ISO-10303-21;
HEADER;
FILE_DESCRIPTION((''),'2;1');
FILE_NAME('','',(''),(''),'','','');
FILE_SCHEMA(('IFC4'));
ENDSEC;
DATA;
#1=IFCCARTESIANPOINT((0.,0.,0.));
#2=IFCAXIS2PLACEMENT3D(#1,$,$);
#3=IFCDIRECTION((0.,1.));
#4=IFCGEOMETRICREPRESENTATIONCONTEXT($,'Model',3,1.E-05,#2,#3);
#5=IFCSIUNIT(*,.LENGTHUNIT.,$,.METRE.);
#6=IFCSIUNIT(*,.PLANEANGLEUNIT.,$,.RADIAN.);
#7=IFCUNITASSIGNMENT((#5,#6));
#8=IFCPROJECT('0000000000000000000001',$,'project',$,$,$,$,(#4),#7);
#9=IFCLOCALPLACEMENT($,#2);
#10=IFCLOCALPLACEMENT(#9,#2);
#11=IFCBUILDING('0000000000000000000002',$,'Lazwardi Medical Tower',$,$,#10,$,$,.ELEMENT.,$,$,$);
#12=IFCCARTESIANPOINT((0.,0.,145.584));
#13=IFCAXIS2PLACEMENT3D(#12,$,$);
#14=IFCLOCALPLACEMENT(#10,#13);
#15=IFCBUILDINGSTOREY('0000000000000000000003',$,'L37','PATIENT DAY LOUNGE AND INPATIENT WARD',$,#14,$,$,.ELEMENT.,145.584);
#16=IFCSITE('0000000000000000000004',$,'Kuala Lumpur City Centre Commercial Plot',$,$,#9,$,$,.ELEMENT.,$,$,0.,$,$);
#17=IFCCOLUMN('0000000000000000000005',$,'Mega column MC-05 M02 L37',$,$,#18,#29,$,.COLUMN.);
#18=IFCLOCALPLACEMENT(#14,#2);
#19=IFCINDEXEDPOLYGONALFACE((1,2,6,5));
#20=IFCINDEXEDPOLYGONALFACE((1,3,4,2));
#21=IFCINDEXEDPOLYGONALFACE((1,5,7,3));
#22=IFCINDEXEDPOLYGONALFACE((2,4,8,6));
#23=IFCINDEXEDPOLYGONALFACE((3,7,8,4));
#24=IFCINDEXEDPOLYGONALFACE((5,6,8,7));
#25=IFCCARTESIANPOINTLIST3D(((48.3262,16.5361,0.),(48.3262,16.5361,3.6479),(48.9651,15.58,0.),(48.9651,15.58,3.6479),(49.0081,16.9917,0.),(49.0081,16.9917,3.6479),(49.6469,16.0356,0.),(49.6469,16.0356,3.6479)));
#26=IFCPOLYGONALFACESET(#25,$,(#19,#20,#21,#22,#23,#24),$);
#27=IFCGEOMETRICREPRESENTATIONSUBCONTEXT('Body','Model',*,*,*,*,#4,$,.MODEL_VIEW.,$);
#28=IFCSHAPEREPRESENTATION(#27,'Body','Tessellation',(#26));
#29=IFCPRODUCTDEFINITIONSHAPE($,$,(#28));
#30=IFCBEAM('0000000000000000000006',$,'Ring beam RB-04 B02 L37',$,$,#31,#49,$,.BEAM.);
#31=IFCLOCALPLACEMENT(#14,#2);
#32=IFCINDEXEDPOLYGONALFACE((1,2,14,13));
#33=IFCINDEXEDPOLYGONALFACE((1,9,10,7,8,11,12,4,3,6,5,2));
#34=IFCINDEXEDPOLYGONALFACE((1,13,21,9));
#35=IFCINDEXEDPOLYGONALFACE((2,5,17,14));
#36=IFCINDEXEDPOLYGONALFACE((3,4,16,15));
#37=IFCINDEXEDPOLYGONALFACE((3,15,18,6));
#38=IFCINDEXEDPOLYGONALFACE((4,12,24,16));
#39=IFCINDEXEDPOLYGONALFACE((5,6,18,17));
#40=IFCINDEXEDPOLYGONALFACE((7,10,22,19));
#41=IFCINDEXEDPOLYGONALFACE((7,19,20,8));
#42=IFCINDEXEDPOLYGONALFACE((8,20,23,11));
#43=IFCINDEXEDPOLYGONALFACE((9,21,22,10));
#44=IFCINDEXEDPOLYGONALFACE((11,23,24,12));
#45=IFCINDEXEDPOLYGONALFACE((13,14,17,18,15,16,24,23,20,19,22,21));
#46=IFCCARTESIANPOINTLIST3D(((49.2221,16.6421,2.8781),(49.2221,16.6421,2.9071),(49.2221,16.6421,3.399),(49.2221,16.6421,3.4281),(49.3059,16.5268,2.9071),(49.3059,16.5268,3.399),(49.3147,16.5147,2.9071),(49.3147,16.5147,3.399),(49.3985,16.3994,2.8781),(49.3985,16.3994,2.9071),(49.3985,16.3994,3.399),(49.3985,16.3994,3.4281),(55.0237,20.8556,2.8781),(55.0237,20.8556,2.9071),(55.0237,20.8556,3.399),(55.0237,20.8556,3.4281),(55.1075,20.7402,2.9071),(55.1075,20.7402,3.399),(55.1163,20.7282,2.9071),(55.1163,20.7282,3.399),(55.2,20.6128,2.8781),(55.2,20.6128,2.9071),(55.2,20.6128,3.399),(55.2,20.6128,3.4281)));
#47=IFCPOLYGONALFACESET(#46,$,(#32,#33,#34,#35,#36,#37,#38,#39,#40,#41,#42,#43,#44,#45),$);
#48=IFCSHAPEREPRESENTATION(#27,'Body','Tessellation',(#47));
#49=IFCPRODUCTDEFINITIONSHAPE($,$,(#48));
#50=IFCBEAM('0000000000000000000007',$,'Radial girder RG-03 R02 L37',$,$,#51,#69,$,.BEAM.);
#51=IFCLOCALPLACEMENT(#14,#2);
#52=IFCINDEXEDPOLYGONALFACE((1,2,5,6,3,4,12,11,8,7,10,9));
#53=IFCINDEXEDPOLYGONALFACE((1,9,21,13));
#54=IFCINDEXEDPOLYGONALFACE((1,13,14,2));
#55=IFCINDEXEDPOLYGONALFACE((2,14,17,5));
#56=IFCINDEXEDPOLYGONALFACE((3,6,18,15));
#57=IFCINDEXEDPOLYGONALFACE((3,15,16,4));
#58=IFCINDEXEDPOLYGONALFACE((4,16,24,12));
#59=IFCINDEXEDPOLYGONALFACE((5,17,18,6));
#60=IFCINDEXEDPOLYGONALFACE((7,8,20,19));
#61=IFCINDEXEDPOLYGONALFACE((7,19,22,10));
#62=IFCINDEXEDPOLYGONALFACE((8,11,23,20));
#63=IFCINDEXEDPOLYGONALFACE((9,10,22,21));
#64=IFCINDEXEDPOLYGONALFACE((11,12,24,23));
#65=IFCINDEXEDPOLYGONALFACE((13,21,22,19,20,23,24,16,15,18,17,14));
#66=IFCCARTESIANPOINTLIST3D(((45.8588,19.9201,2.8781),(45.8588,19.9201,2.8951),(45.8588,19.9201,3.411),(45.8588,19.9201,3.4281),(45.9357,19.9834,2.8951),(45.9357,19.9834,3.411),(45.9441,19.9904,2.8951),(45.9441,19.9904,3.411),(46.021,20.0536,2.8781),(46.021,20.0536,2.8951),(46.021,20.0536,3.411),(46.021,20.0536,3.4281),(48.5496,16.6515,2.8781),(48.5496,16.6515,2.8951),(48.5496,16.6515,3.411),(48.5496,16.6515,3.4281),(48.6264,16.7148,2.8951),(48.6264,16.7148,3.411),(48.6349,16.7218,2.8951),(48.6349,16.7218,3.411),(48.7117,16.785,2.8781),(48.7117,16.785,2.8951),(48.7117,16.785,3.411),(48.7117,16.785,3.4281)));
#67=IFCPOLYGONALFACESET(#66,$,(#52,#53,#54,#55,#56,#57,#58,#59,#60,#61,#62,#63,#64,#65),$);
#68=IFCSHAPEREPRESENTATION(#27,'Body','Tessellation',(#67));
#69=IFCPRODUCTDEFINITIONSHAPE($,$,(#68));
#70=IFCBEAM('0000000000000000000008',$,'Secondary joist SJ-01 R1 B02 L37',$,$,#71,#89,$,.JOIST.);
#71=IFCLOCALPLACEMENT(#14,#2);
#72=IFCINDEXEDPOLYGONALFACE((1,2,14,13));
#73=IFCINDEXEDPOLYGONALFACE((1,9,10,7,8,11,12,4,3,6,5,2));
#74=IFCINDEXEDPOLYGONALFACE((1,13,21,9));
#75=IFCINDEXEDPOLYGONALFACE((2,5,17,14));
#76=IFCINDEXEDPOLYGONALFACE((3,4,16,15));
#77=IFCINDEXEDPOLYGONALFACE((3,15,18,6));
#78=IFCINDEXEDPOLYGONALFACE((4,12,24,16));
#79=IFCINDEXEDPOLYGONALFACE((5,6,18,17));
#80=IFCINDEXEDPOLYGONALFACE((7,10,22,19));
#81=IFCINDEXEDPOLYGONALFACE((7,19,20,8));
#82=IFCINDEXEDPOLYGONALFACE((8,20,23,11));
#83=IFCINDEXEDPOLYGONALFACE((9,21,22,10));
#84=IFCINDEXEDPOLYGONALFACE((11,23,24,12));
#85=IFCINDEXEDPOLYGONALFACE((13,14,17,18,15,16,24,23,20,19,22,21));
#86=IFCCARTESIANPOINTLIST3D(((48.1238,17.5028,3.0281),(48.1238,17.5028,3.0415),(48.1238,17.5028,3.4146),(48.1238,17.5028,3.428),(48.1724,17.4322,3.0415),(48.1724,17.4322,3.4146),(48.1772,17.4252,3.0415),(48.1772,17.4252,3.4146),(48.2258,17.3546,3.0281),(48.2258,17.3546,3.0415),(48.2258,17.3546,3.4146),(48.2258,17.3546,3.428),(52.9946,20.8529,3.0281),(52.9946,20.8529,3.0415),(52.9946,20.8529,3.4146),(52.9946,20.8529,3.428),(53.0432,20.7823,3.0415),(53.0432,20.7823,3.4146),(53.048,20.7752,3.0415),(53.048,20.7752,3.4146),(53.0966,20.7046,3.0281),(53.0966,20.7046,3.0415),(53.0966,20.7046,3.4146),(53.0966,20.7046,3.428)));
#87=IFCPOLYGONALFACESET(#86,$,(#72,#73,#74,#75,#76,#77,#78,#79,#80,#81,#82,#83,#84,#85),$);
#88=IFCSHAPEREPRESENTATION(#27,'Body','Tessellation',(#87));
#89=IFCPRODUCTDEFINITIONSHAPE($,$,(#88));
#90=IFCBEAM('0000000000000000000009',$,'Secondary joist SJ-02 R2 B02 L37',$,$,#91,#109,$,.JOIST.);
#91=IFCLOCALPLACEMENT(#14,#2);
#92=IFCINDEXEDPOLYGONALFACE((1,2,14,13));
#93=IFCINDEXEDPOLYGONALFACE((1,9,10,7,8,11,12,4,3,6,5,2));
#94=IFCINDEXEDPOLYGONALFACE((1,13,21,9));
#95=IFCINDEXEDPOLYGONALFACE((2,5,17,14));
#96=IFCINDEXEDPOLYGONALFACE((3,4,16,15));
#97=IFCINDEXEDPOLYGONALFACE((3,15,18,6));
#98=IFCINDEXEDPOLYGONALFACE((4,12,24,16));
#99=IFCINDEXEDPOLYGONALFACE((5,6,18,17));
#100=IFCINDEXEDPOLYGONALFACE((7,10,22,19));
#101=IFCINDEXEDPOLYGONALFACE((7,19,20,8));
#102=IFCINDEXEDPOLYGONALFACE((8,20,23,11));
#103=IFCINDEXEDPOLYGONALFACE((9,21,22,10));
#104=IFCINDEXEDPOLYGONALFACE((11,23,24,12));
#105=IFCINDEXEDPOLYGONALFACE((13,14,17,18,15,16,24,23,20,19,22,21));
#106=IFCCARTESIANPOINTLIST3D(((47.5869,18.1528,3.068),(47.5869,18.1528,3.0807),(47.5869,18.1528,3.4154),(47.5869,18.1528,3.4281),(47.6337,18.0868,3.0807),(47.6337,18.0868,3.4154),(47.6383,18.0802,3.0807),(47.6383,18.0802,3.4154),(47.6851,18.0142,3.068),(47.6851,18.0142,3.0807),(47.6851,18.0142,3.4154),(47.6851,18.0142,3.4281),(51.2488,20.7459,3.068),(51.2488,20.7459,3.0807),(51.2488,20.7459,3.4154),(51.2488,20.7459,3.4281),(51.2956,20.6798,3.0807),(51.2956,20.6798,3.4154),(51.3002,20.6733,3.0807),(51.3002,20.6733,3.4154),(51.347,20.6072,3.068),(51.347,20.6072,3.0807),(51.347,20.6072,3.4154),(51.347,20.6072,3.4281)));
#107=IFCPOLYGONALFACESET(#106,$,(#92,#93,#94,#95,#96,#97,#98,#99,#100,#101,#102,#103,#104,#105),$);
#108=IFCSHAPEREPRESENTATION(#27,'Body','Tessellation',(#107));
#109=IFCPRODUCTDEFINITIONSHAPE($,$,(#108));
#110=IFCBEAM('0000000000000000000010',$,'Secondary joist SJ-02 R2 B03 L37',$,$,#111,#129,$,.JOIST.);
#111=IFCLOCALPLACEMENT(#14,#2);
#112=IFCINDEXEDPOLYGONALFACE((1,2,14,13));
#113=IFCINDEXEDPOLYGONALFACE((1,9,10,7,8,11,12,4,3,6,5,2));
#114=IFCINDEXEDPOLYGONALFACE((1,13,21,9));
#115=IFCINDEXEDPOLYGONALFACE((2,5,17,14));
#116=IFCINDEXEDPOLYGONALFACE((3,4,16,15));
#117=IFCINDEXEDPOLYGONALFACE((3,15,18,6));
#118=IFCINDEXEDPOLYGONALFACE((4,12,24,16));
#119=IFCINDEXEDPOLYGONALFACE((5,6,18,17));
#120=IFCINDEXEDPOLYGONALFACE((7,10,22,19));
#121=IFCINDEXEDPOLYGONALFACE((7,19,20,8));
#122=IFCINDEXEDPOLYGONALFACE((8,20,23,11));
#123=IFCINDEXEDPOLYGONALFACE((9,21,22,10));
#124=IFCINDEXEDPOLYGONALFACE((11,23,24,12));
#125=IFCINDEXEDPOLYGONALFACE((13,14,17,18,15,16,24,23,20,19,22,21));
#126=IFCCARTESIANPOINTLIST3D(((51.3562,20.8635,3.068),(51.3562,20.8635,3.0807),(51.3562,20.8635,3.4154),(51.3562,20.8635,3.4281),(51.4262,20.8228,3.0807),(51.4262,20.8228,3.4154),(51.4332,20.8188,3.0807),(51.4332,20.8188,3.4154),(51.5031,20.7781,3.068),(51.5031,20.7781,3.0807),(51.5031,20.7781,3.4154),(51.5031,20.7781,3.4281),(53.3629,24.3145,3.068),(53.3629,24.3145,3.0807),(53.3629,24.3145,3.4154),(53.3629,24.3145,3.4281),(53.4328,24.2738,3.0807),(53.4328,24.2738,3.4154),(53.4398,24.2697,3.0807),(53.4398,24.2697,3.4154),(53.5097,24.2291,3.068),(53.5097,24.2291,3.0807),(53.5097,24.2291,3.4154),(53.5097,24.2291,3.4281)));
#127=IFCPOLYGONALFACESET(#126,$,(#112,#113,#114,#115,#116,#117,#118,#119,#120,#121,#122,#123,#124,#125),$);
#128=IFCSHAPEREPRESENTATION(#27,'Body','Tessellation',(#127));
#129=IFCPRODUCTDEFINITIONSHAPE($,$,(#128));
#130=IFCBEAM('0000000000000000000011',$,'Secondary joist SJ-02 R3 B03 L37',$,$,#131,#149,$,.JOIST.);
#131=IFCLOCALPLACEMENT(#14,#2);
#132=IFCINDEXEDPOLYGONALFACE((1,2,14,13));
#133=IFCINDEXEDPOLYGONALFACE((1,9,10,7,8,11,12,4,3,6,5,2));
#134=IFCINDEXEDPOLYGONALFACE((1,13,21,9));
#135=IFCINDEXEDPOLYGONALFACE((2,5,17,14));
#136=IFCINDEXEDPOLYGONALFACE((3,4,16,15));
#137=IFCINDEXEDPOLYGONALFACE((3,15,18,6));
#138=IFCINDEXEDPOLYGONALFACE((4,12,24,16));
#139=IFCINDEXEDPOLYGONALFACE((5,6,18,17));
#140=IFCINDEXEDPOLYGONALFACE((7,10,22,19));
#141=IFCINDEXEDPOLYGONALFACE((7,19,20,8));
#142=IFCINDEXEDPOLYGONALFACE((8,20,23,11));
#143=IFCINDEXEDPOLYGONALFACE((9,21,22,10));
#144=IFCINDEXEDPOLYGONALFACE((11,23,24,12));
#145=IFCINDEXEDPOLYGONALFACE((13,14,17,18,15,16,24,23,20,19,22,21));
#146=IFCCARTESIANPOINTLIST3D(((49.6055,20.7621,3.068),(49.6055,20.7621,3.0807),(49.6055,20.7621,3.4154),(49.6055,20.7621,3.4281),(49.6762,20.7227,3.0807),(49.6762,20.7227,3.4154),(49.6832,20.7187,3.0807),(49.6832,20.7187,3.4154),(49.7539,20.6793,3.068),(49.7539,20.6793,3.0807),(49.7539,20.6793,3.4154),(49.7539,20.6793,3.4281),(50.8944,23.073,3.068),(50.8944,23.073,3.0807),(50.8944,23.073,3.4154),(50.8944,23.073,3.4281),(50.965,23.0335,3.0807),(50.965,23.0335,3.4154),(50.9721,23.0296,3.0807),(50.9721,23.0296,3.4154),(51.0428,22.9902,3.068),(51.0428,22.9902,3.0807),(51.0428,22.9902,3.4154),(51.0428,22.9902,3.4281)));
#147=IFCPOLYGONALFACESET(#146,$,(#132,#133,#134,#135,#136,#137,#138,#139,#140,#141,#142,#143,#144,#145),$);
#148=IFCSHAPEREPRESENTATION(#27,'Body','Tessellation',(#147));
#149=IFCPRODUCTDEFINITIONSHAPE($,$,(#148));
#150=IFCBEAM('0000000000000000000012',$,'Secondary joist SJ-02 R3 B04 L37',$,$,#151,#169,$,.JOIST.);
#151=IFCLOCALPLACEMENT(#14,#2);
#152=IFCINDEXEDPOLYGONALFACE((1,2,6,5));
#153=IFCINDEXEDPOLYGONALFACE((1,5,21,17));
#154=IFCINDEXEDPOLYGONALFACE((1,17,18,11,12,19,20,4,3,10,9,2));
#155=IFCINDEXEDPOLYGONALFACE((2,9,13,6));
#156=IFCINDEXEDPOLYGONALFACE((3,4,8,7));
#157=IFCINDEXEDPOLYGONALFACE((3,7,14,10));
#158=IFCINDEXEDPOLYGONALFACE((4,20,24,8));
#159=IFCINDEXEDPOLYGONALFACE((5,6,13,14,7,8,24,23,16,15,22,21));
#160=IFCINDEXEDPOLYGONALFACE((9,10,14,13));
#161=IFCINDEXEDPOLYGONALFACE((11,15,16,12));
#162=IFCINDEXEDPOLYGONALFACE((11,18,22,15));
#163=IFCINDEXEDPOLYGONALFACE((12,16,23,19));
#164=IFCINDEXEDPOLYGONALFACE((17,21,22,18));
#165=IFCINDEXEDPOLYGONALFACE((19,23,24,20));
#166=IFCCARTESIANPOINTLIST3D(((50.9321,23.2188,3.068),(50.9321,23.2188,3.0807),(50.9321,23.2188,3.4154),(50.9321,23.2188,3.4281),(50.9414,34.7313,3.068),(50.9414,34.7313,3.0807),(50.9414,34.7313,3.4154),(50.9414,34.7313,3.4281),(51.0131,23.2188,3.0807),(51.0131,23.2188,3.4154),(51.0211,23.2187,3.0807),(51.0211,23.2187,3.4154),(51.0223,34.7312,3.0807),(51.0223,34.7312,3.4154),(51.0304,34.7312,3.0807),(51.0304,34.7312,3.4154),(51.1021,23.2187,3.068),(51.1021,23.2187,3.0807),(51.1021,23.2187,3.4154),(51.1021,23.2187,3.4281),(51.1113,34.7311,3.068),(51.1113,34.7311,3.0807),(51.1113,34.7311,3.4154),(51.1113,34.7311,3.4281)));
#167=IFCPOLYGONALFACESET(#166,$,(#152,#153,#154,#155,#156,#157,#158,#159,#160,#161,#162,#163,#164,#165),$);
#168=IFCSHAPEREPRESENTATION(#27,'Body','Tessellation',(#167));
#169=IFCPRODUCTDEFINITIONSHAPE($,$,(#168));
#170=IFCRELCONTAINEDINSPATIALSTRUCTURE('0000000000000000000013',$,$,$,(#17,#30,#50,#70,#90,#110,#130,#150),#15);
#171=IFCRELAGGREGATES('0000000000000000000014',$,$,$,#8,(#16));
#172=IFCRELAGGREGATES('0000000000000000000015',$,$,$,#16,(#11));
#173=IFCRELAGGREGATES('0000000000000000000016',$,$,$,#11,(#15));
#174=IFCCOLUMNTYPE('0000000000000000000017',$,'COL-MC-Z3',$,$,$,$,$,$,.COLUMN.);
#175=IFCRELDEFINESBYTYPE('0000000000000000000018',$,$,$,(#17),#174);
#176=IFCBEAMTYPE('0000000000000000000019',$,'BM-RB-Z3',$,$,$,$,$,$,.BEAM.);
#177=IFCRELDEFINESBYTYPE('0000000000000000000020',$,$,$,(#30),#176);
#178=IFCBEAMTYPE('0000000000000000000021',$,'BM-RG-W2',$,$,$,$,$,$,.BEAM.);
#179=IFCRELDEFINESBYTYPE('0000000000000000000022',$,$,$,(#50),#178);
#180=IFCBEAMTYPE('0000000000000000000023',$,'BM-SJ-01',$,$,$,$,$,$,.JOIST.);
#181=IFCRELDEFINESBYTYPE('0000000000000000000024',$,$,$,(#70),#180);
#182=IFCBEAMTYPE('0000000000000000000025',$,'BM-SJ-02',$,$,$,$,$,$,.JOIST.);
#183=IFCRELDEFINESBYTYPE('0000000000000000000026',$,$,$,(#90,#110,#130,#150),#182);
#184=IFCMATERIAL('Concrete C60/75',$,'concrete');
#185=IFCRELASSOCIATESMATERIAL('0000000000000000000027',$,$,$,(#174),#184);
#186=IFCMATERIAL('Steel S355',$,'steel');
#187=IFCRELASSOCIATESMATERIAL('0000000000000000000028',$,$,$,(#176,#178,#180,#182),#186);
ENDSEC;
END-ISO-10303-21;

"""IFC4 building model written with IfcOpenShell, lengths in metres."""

from ifc_helpers import new_model, si_unit, direction, frame, origin, origin_2d, place, context, subcontext, project, spatial, rectangle, i_section, extrude, material, material_profile, profile_set, type_object, element, save


model = new_model("IFC4")

# Units and contexts
model_context = context("Model", 3, precision=1e-05, world=origin(), true_north=direction((0.0, 1.0)))
body_context = subcontext(model_context, "Body", "Model", "MODEL_VIEW")
ifc_project = project(units=[si_unit("LENGTHUNIT", "METRE"), si_unit("PLANEANGLEUNIT", "RADIAN")], contexts=[model_context])

# Site, building, storey
site_placement = place(None, origin())
site = spatial("IfcSite", under=ifc_project, at=site_placement, Name="Kuala Lumpur City Centre Commercial Plot", CompositionType="ELEMENT", RefElevation=0.0)
building_placement = place(site_placement, origin())
building = spatial("IfcBuilding", under=site, at=building_placement, Name="Lazwardi Medical Tower", CompositionType="ELEMENT")
storey_placement = place(building_placement, frame((0.0, 0.0, 145.584)))
storey = spatial("IfcBuildingStorey", under=building, at=storey_placement, Name="L37", Description="PATIENT DAY LOUNGE AND INPATIENT WARD", CompositionType="ELEMENT", Elevation=145.584)

# Column
ifc_material_1 = material(Name="Concrete C60/75", Category="concrete")
ifc_material_profile_1 = material_profile(ifc_material_1, rectangle(XDim=1.1499, YDim=0.8201, at=origin_2d()), Name="CFT-RECT 1150x820")
ifc_profile_set_1 = profile_set([ifc_material_profile_1], Name="Concrete C60/75")
column_type = type_object("IfcColumnType", Name="COL-MC-Z3", PredefinedType="COLUMN", material=ifc_profile_set_1)
column_placement = place(storey_placement, frame((48.9866, 16.2859, 0.0), z_axis=(0.0, 0.0, 1.0), x_axis=(0.55557, -0.83147, 0.0)))
element("IfcColumn", 1, at=column_placement, inside=storey, type_object=column_type, Name="Mega column MC-05 M02 L37", PredefinedType="COLUMN", context=body_context, shape_type="SweptSolid", body=[
    extrude(rectangle(XDim=1.1499, YDim=0.8201, at=origin_2d()), origin(), (0.0, 0.0, 1.0), 3.6479),
])

# Beams
ifc_material_2 = material(Name="Steel S355", Category="steel")
ifc_material_profile_2 = material_profile(ifc_material_2, i_section(OverallWidth=0.3, OverallDepth=0.55, WebThickness=0.0149, FlangeThickness=0.0291, at=origin_2d()), Name="HEB 550")
ifc_profile_set_2 = profile_set([ifc_material_profile_2], Name="Steel S355")
beam_type_1 = type_object("IfcBeamType", Name="BM-RB-Z3", PredefinedType="BEAM", material=ifc_profile_set_2)
beam_1_placement = place(storey_placement, frame((49.3103, 16.5208, 3.1531), z_axis=(0.809128, 0.587633, 0.0), x_axis=(-0.587633, 0.809128, 0.0)))
element("IfcBeam", 2, at=beam_1_placement, inside=storey, type_object=beam_type_1, Name="Ring beam RB-04 B02 L37", PredefinedType="BEAM", context=body_context, shape_type="SweptSolid", body=[
    extrude(i_section(OverallWidth=0.3, OverallDepth=0.55, WebThickness=0.0149, FlangeThickness=0.0291, at=origin_2d()), origin(), (0.0, 0.0, 1.0), 7.1702),
])
ifc_material_profile_3 = material_profile(ifc_material_2, i_section(OverallWidth=0.21, OverallDepth=0.55, WebThickness=0.011, FlangeThickness=0.0171, at=origin_2d()), Name="IPE 550")
ifc_profile_set_3 = profile_set([ifc_material_profile_3], Name="Steel S355")
beam_type_2 = type_object("IfcBeamType", Name="BM-RG-W2", PredefinedType="BEAM", material=ifc_profile_set_3)
beam_2_placement = place(storey_placement, frame((48.6306, 16.7183, 3.1531), z_axis=(-0.635556, 0.772055, 0.0), x_axis=(-0.772055, -0.635556, 0.0)))
element("IfcBeam", 3, at=beam_2_placement, inside=storey, type_object=beam_type_2, Name="Radial girder RG-03 R02 L37", PredefinedType="BEAM", context=body_context, shape_type="SweptSolid", body=[
    extrude(i_section(OverallWidth=0.21, OverallDepth=0.55, WebThickness=0.011, FlangeThickness=0.0171, at=origin_2d()), origin(), (0.0, 0.0, 1.0), 4.2336),
])
ifc_material_profile_4 = material_profile(ifc_material_2, i_section(OverallWidth=0.1799, OverallDepth=0.3999, WebThickness=0.0085, FlangeThickness=0.0134, at=origin_2d()), Name="IPE 400")
ifc_profile_set_4 = profile_set([ifc_material_profile_4], Name="Steel S355")
beam_type_3 = type_object("IfcBeamType", Name="BM-SJ-01", PredefinedType="JOIST", material=ifc_profile_set_4)
beam_3_placement = place(storey_placement, frame((48.1748, 17.4287, 3.228), z_axis=(0.823932, 0.566688, 0.0), x_axis=(-0.566688, 0.823932, 0.0)))
element("IfcBeam", 4, at=beam_3_placement, inside=storey, type_object=beam_type_3, Name="Secondary joist SJ-01 R1 B02 L37", PredefinedType="JOIST", context=body_context, shape_type="SweptSolid", body=[
    extrude(i_section(OverallWidth=0.1799, OverallDepth=0.3999, WebThickness=0.0085, FlangeThickness=0.0134, at=origin_2d()), origin(), (0.0, 0.0, 1.0), 5.9116),
])
ifc_material_profile_5 = material_profile(ifc_material_2, i_section(OverallWidth=0.1699, OverallDepth=0.3601, WebThickness=0.0081, FlangeThickness=0.0127, at=origin_2d()), Name="IPE 360")
ifc_profile_set_5 = profile_set([ifc_material_profile_5], Name="Steel S355")
beam_type_4 = type_object("IfcBeamType", Name="BM-SJ-02", PredefinedType="JOIST", material=ifc_profile_set_5)
beam_4_placement = place(storey_placement, frame((47.636, 18.0835, 3.248), z_axis=(0.816109, 0.577898, 0.0), x_axis=(-0.577898, 0.816109, 0.0)))
element("IfcBeam", 5, at=beam_4_placement, inside=storey, type_object=beam_type_4, Name="Secondary joist SJ-02 R2 B02 L37", PredefinedType="JOIST", context=body_context, shape_type="SweptSolid", body=[
    extrude(i_section(OverallWidth=0.1699, OverallDepth=0.3601, WebThickness=0.0081, FlangeThickness=0.0127, at=origin_2d()), origin(), (0.0, 0.0, 1.0), 4.4871),
])
beam_5_placement = place(storey_placement, frame((51.4297, 20.8208, 3.248), z_axis=(0.502665, 0.864481, 0.0), x_axis=(-0.864481, 0.502665, 0.0)))
element("IfcBeam", 6, at=beam_5_placement, inside=storey, type_object=beam_type_4, Name="Secondary joist SJ-02 R2 B03 L37", PredefinedType="JOIST", context=body_context, shape_type="SweptSolid", body=[
    extrude(i_section(OverallWidth=0.1699, OverallDepth=0.3601, WebThickness=0.0081, FlangeThickness=0.0127, at=origin_2d()), origin(), (0.0, 0.0, 1.0), 3.9919),
])
beam_6_placement = place(storey_placement, frame((49.6797, 20.7207, 3.248), z_axis=(0.487099, 0.873347, 0.0), x_axis=(-0.873347, 0.487099, 0.0)))
element("IfcBeam", 7, at=beam_6_placement, inside=storey, type_object=beam_type_4, Name="Secondary joist SJ-02 R3 B03 L37", PredefinedType="JOIST", context=body_context, shape_type="SweptSolid", body=[
    extrude(i_section(OverallWidth=0.1699, OverallDepth=0.3601, WebThickness=0.0081, FlangeThickness=0.0127, at=origin_2d()), origin(), (0.0, 0.0, 1.0), 2.646),
])
beam_7_placement = place(storey_placement, frame((51.0171, 23.2188, 3.248), z_axis=(0.000806, 1.0, 0.0), x_axis=(-1.0, 0.000806, 0.0)))
element("IfcBeam", 8, at=beam_7_placement, inside=storey, type_object=beam_type_4, Name="Secondary joist SJ-02 R3 B04 L37", PredefinedType="JOIST", context=body_context, shape_type="SweptSolid", body=[
    extrude(i_section(OverallWidth=0.1699, OverallDepth=0.3601, WebThickness=0.0081, FlangeThickness=0.0127, at=origin_2d()), origin(), (0.0, 0.0, 1.0), 11.5125),
])

save(model, "model.ifc")
